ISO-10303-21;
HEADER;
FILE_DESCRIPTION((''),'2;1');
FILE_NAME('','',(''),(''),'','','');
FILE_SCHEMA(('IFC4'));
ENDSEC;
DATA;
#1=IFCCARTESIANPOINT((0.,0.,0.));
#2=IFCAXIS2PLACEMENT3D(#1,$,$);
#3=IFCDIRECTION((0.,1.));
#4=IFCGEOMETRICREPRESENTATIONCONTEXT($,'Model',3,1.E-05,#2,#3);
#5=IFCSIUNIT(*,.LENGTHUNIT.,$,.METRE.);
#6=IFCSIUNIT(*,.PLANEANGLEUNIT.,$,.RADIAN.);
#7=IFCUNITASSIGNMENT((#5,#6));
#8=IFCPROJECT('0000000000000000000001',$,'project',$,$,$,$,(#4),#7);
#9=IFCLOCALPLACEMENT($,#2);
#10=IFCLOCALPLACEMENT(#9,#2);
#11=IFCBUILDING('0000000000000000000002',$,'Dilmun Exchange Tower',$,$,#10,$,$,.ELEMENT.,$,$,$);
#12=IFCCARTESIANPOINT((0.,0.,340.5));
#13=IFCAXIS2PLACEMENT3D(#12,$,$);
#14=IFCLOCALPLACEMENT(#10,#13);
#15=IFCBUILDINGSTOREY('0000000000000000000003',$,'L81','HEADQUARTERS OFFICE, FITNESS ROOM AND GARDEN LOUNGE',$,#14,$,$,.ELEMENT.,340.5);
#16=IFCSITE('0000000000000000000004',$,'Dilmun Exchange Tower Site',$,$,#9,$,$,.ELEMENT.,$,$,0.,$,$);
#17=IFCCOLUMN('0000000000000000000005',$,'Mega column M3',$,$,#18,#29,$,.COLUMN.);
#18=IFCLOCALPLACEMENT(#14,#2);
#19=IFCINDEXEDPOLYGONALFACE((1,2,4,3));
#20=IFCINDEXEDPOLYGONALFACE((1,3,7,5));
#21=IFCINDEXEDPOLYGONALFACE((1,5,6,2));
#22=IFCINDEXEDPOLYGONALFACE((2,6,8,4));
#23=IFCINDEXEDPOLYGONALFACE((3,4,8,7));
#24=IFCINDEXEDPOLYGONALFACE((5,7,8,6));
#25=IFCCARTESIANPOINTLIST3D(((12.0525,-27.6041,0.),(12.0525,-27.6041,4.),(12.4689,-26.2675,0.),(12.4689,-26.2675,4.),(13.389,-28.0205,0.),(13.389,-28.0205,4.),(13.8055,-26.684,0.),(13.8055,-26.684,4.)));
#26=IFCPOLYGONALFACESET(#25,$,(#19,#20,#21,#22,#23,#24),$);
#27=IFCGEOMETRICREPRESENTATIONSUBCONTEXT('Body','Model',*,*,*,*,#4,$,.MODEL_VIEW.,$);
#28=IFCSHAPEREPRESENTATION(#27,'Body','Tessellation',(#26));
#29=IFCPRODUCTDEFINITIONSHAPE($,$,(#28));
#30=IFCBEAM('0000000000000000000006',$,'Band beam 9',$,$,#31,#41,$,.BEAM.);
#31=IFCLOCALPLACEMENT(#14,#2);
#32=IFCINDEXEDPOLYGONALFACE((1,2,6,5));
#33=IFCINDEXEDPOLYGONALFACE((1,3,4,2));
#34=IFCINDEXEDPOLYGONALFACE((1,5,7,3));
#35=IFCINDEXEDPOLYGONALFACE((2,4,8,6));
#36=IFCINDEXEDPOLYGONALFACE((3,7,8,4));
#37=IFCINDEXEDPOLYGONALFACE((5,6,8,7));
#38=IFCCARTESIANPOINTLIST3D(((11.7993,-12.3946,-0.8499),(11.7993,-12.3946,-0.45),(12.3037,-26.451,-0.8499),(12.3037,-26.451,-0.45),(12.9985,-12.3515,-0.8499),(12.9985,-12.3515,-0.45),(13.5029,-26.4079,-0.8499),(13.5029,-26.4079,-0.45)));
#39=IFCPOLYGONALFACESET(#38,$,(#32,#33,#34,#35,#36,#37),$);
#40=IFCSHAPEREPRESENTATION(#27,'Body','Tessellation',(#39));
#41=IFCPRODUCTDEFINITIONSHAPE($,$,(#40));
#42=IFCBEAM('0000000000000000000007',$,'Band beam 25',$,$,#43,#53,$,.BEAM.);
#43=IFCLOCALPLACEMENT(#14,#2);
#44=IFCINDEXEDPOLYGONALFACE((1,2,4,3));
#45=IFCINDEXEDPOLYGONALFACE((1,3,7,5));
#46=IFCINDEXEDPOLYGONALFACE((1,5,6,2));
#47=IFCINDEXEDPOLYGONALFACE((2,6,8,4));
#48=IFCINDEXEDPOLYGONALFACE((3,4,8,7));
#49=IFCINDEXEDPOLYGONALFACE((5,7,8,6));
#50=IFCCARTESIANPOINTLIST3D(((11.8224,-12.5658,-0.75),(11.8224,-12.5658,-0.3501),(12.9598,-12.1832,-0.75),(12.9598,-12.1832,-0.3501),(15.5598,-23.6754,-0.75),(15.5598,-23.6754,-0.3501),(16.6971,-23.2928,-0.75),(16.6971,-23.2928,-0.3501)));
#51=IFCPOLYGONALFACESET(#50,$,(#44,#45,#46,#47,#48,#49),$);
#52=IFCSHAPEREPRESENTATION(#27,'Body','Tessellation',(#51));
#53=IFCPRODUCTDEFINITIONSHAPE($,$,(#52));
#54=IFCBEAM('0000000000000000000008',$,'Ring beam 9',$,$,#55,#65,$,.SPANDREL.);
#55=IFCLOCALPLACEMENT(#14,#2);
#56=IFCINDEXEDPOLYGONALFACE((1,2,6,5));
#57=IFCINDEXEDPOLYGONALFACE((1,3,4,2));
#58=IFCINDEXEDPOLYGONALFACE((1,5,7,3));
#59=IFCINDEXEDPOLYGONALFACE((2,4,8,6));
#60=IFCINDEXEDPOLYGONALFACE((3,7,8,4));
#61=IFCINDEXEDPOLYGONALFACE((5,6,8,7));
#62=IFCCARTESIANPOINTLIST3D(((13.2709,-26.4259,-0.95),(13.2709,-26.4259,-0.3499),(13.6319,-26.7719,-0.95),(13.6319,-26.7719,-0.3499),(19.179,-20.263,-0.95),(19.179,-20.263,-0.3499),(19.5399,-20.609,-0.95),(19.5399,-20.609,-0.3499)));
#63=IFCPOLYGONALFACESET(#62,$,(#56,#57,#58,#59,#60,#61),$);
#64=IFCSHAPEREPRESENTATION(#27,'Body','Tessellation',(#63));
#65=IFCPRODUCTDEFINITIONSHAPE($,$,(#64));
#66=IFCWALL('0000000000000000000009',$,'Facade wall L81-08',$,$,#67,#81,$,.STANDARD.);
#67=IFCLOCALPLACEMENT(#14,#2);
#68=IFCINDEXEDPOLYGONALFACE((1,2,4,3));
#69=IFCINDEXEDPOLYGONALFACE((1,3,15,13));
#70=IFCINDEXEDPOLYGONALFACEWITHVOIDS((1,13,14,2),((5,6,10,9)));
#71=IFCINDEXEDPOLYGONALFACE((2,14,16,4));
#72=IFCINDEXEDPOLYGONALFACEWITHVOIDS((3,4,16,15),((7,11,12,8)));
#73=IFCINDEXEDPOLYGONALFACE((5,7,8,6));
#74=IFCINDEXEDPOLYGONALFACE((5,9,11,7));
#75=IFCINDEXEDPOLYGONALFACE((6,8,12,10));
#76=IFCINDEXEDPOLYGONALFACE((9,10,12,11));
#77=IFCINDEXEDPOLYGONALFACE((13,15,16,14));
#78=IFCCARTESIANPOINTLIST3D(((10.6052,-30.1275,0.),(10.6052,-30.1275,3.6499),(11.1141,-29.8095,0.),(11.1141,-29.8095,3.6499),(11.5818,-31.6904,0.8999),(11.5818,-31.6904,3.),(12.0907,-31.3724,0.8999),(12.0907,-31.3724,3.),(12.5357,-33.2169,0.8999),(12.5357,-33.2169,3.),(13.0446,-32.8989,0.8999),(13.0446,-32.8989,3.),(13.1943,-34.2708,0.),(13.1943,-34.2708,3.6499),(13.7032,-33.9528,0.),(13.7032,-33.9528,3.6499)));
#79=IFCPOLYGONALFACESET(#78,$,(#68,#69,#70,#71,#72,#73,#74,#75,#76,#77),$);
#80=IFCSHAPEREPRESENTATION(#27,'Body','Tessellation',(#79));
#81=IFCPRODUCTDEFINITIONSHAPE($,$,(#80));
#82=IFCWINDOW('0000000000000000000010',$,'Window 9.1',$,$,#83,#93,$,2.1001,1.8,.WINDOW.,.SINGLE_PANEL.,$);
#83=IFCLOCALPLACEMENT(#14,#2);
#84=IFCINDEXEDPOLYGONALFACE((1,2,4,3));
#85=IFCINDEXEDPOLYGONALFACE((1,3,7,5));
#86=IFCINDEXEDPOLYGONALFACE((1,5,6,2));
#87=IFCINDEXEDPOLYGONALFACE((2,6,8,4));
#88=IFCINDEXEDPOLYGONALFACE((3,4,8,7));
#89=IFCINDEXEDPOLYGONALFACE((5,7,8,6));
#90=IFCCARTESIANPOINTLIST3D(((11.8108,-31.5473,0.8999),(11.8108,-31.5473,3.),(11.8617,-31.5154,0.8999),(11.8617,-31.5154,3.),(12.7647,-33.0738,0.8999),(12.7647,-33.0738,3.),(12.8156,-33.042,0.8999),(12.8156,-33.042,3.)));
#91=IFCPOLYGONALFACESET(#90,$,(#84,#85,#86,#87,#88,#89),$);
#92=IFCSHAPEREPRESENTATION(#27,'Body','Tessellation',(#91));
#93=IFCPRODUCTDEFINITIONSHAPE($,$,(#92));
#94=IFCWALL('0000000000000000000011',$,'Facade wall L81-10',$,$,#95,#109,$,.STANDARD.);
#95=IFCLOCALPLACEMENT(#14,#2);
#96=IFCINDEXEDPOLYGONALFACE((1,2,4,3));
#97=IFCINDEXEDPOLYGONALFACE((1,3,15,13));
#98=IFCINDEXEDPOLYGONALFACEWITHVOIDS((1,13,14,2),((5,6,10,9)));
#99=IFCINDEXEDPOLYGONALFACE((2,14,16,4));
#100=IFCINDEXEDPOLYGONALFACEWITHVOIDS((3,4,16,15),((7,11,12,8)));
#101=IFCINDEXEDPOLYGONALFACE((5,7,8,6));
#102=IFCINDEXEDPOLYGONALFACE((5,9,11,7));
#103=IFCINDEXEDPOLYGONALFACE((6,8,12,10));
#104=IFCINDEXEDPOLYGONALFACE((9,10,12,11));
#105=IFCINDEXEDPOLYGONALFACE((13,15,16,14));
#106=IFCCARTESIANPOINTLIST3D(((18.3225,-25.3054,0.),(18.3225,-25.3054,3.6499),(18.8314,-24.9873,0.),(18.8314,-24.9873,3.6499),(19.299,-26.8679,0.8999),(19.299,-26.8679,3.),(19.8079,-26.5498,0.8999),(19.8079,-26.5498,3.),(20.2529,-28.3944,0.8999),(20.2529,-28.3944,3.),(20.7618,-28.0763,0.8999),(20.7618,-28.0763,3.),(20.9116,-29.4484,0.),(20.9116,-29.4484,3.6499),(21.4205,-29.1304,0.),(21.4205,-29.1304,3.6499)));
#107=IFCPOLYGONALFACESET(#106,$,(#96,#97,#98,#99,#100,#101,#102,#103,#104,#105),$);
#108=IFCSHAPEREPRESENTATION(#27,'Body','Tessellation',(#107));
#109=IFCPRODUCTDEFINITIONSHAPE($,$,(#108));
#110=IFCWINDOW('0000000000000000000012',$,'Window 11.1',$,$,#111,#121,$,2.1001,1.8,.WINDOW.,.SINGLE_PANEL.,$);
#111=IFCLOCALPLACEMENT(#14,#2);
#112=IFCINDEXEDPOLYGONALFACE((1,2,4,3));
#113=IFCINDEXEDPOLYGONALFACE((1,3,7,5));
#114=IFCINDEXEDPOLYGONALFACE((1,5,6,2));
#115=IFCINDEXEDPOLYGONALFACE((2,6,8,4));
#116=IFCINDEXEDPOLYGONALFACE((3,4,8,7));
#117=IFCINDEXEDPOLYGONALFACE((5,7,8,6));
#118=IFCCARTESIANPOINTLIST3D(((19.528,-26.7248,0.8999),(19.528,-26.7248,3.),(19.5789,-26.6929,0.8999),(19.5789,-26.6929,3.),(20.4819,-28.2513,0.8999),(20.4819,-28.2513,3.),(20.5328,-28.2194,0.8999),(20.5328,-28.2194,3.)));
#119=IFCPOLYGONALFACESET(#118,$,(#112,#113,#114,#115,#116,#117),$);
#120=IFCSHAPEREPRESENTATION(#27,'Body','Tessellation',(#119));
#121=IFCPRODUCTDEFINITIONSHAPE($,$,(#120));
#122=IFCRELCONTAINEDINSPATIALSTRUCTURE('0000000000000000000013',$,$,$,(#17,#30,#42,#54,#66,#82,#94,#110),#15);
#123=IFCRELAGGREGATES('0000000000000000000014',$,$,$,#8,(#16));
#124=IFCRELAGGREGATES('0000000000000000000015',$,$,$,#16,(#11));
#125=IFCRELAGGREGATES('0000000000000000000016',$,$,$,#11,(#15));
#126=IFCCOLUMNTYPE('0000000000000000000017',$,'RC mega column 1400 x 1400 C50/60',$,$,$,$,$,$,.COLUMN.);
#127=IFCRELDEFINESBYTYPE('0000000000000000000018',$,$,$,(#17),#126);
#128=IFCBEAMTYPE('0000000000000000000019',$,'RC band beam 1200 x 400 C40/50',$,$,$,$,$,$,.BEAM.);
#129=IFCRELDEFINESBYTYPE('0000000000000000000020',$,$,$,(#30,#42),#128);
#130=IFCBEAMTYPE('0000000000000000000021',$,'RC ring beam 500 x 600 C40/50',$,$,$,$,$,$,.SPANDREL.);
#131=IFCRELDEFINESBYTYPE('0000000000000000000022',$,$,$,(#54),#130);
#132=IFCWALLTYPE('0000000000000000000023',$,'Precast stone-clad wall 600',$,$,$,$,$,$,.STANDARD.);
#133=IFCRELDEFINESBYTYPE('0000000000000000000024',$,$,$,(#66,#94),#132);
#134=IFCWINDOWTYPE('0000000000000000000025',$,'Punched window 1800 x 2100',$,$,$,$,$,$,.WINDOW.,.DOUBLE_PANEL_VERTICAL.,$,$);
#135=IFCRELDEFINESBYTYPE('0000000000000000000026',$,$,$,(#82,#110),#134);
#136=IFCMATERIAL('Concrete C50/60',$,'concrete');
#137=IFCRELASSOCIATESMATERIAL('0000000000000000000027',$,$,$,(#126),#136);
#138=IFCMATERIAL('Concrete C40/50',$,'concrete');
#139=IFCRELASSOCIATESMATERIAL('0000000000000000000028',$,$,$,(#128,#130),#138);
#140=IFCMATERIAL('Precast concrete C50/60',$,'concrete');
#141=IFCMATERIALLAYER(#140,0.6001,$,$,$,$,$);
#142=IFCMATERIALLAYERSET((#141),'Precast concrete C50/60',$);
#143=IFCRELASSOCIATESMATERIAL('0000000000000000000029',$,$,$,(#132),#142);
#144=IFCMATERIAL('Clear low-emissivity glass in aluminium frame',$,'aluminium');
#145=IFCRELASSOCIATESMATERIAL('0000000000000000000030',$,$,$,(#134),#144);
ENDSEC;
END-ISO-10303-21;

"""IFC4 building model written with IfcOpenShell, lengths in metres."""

from ifc_helpers import new_model, si_unit, direction, frame, frame_2d, origin, origin_2d, place, context, subcontext, project, spatial, rectangle, extrude, material, layer, layer_set, material_profile, profile_set, type_object, element, fill, save


model = new_model("IFC4")

# Units and contexts
model_context = context("Model", 3, precision=1e-05, world=origin(), true_north=direction((0.0, 1.0)))
body_context = subcontext(model_context, "Body", "Model", "MODEL_VIEW")
ifc_project = project(units=[si_unit("LENGTHUNIT", "METRE"), si_unit("PLANEANGLEUNIT", "RADIAN")], contexts=[model_context])

# Site, building, storey
site_placement = place(None, origin())
site = spatial("IfcSite", under=ifc_project, at=site_placement, Name="Dilmun Exchange Tower Site", CompositionType="ELEMENT", RefElevation=0.0)
building_placement = place(site_placement, origin())
building = spatial("IfcBuilding", under=site, at=building_placement, Name="Dilmun Exchange Tower", CompositionType="ELEMENT")
storey_placement = place(building_placement, frame((0.0, 0.0, 340.5)))
storey = spatial("IfcBuildingStorey", under=building, at=storey_placement, Name="L81", Description="HEADQUARTERS OFFICE, FITNESS ROOM AND GARDEN LOUNGE", CompositionType="ELEMENT", Elevation=340.5)

# Column
ifc_material_1 = material(Name="Concrete C50/60", Category="concrete")
ifc_material_profile_1 = material_profile(ifc_material_1, rectangle(XDim=1.3999, YDim=1.3999, at=origin_2d()), Name="1400 x 1400")
ifc_profile_set_1 = profile_set([ifc_material_profile_1], Name="Concrete C50/60")
column_type = type_object("IfcColumnType", Name="RC mega column 1400 x 1400 C50/60", PredefinedType="COLUMN", material=ifc_profile_set_1)
column_placement = place(storey_placement, frame((12.929, -27.144, 0.0), z_axis=(0.0, 0.0, 1.0), x_axis=(0.297503, 0.954721, 0.0)))
element("IfcColumn", 1, at=column_placement, inside=storey, type_object=column_type, Name="Mega column M3", PredefinedType="COLUMN", context=body_context, shape_type="SweptSolid", body=[
    extrude(rectangle(XDim=1.3999, YDim=1.3999, at=origin_2d()), origin(), (0.0, 0.0, 1.0), 4.0),
])

# Beams
ifc_material_2 = material(Name="Concrete C40/50", Category="concrete")
ifc_material_profile_2 = material_profile(ifc_material_2, rectangle(XDim=1.2, YDim=0.3999, at=origin_2d()), Name="1200 x 400")
ifc_profile_set_2 = profile_set([ifc_material_profile_2], Name="Concrete C40/50")
beam_type_1 = type_object("IfcBeamType", Name="RC band beam 1200 x 400 C40/50", PredefinedType="BEAM", material=ifc_profile_set_2)
beam_1_placement = place(storey_placement, frame((12.9033, -26.4294, -0.6499), z_axis=(-0.035861, 0.999357, 0.0), x_axis=(-0.999357, -0.035861, 0.0)))
element("IfcBeam", 2, at=beam_1_placement, inside=storey, type_object=beam_type_1, Name="Band beam 9", PredefinedType="BEAM", context=body_context, shape_type="SweptSolid", body=[
    extrude(rectangle(XDim=1.2, YDim=0.3999, at=origin_2d()), origin(), (0.0, 0.0, 1.0), 14.0654),
])
beam_2_placement = place(storey_placement, frame((16.1284, -23.4841, -0.55), z_axis=(-0.318845, 0.947807, 0.0), x_axis=(-0.947807, -0.318845, 0.0)))
element("IfcBeam", 3, at=beam_2_placement, inside=storey, type_object=beam_type_1, Name="Band beam 25", PredefinedType="BEAM", context=body_context, shape_type="SweptSolid", body=[
    extrude(rectangle(XDim=1.2, YDim=0.3999, at=origin_2d()), origin(), (0.0, 0.0, 1.0), 11.7214),
])
ifc_material_profile_3 = material_profile(ifc_material_2, rectangle(XDim=0.5, YDim=0.6001, at=origin_2d()), Name="500 x 600")
ifc_profile_set_3 = profile_set([ifc_material_profile_3], Name="Concrete C40/50")
beam_type_2 = type_object("IfcBeamType", Name="RC ring beam 500 x 600 C40/50", PredefinedType="SPANDREL", material=ifc_profile_set_3)
beam_3_placement = place(storey_placement, frame((13.4514, -26.5989, -0.6499), z_axis=(0.692022, 0.721877, 0.0), x_axis=(-0.721877, 0.692022, 0.0)))
element("IfcBeam", 4, at=beam_3_placement, inside=storey, type_object=beam_type_2, Name="Ring beam 9", PredefinedType="SPANDREL", context=body_context, shape_type="SweptSolid", body=[
    extrude(rectangle(XDim=0.5, YDim=0.6001, at=origin_2d()), origin(), (0.0, 0.0, 1.0), 8.5374),
])

# Walls, openings, windows
ifc_material_3 = material(Name="Precast concrete C50/60", Category="concrete")
ifc_layer = layer(ifc_material_3, 0.6001)
ifc_layer_set = layer_set([ifc_layer], Name="Precast concrete C50/60")
wall_type = type_object("IfcWallType", Name="Precast stone-clad wall 600", PredefinedType="STANDARD", material=ifc_layer_set)
wall_1_placement = place(storey_placement, frame((13.4487, -34.1118, 0.0), z_axis=(0.0, 0.0, 1.0), x_axis=(-0.529932, 0.84804, 0.0)))
wall_1 = element("IfcWall", 5, at=wall_1_placement, inside=storey, type_object=wall_type, Name="Facade wall L81-08", PredefinedType="STANDARD", context=body_context, shape_type="SweptSolid", body=[
    extrude(rectangle(XDim=4.8857, YDim=0.6001, at=frame_2d((2.4429, 0.0))), origin(), (0.0, 0.0, 1.0), 3.6499),
])
opening_1_placement = place(wall_1_placement, frame((1.2429, 0.0, 0.8999)))
opening_1 = element("IfcOpeningElement", 6, at=opening_1_placement, cuts=wall_1, PredefinedType="OPENING", context=body_context, shape_type="SweptSolid", body=[
    extrude(rectangle(XDim=1.8, YDim=2.1001, at=frame_2d((0.8999, 1.05))), frame((0.0, 0.3101, 0.0), z_axis=(0.0, -1.0, 0.0), x_axis=(1.0, 0.0, 0.0)), (0.0, 0.0, 1.0), 0.6201),
])
ifc_material_4 = material(Name="Clear low-emissivity glass in aluminium frame", Category="aluminium")
window_type_1 = type_object("IfcWindowType", Name="Punched window 1800 x 2100", PartitioningType="DOUBLE_PANEL_VERTICAL", PredefinedType="WINDOW", material=ifc_material_4)
window_1_placement = place(opening_1_placement, origin())
window_1 = element("IfcWindow", 7, at=window_1_placement, inside=storey, type_object=window_type_1, Name="Window 9.1", OverallHeight=2.1001, OverallWidth=1.8, PartitioningType="SINGLE_PANEL", PredefinedType="WINDOW", context=body_context, shape_type="SweptSolid", body=[
    extrude(rectangle(XDim=1.8, YDim=2.1001, at=frame_2d((0.8999, 1.05))), frame((0.0, 0.03, 0.0), z_axis=(0.0, -1.0, 0.0), x_axis=(1.0, 0.0, 0.0)), (0.0, 0.0, 1.0), 0.0601),
])
fill(opening_1, window_1)
wall_2_placement = place(storey_placement, frame((18.5769, -25.1462, 0.0), z_axis=(0.0, 0.0, 1.0), x_axis=(0.529954, -0.848026, 0.0)))
wall_2 = element("IfcWall", 8, at=wall_2_placement, inside=storey, type_object=wall_type, Name="Facade wall L81-10", PredefinedType="STANDARD", context=body_context, shape_type="SweptSolid", body=[
    extrude(rectangle(XDim=4.8855, YDim=0.6001, at=frame_2d((2.4429, 0.0))), origin(), (0.0, 0.0, 1.0), 3.6499),
])
opening_2_placement = place(wall_2_placement, frame((1.8428, 0.0, 0.8999)))
opening_2 = element("IfcOpeningElement", 9, at=opening_2_placement, cuts=wall_2, PredefinedType="OPENING", context=body_context, shape_type="SweptSolid", body=[
    extrude(rectangle(XDim=1.8, YDim=2.1001, at=frame_2d((0.8999, 1.05))), frame((0.0, 0.3101, 0.0), z_axis=(0.0, -1.0, 0.0), x_axis=(1.0, 0.0, 0.0)), (0.0, 0.0, 1.0), 0.6201),
])
window_2_placement = place(opening_2_placement, origin())
window_2 = element("IfcWindow", 10, at=window_2_placement, inside=storey, type_object=window_type_1, Name="Window 11.1", OverallHeight=2.1001, OverallWidth=1.8, PartitioningType="SINGLE_PANEL", PredefinedType="WINDOW", context=body_context, shape_type="SweptSolid", body=[
    extrude(rectangle(XDim=1.8, YDim=2.1001, at=frame_2d((0.8999, 1.05))), frame((0.0, 0.03, 0.0), z_axis=(0.0, -1.0, 0.0), x_axis=(1.0, 0.0, 0.0)), (0.0, 0.0, 1.0), 0.0601),
])
fill(opening_2, window_2)

save(model, "model.ifc")
